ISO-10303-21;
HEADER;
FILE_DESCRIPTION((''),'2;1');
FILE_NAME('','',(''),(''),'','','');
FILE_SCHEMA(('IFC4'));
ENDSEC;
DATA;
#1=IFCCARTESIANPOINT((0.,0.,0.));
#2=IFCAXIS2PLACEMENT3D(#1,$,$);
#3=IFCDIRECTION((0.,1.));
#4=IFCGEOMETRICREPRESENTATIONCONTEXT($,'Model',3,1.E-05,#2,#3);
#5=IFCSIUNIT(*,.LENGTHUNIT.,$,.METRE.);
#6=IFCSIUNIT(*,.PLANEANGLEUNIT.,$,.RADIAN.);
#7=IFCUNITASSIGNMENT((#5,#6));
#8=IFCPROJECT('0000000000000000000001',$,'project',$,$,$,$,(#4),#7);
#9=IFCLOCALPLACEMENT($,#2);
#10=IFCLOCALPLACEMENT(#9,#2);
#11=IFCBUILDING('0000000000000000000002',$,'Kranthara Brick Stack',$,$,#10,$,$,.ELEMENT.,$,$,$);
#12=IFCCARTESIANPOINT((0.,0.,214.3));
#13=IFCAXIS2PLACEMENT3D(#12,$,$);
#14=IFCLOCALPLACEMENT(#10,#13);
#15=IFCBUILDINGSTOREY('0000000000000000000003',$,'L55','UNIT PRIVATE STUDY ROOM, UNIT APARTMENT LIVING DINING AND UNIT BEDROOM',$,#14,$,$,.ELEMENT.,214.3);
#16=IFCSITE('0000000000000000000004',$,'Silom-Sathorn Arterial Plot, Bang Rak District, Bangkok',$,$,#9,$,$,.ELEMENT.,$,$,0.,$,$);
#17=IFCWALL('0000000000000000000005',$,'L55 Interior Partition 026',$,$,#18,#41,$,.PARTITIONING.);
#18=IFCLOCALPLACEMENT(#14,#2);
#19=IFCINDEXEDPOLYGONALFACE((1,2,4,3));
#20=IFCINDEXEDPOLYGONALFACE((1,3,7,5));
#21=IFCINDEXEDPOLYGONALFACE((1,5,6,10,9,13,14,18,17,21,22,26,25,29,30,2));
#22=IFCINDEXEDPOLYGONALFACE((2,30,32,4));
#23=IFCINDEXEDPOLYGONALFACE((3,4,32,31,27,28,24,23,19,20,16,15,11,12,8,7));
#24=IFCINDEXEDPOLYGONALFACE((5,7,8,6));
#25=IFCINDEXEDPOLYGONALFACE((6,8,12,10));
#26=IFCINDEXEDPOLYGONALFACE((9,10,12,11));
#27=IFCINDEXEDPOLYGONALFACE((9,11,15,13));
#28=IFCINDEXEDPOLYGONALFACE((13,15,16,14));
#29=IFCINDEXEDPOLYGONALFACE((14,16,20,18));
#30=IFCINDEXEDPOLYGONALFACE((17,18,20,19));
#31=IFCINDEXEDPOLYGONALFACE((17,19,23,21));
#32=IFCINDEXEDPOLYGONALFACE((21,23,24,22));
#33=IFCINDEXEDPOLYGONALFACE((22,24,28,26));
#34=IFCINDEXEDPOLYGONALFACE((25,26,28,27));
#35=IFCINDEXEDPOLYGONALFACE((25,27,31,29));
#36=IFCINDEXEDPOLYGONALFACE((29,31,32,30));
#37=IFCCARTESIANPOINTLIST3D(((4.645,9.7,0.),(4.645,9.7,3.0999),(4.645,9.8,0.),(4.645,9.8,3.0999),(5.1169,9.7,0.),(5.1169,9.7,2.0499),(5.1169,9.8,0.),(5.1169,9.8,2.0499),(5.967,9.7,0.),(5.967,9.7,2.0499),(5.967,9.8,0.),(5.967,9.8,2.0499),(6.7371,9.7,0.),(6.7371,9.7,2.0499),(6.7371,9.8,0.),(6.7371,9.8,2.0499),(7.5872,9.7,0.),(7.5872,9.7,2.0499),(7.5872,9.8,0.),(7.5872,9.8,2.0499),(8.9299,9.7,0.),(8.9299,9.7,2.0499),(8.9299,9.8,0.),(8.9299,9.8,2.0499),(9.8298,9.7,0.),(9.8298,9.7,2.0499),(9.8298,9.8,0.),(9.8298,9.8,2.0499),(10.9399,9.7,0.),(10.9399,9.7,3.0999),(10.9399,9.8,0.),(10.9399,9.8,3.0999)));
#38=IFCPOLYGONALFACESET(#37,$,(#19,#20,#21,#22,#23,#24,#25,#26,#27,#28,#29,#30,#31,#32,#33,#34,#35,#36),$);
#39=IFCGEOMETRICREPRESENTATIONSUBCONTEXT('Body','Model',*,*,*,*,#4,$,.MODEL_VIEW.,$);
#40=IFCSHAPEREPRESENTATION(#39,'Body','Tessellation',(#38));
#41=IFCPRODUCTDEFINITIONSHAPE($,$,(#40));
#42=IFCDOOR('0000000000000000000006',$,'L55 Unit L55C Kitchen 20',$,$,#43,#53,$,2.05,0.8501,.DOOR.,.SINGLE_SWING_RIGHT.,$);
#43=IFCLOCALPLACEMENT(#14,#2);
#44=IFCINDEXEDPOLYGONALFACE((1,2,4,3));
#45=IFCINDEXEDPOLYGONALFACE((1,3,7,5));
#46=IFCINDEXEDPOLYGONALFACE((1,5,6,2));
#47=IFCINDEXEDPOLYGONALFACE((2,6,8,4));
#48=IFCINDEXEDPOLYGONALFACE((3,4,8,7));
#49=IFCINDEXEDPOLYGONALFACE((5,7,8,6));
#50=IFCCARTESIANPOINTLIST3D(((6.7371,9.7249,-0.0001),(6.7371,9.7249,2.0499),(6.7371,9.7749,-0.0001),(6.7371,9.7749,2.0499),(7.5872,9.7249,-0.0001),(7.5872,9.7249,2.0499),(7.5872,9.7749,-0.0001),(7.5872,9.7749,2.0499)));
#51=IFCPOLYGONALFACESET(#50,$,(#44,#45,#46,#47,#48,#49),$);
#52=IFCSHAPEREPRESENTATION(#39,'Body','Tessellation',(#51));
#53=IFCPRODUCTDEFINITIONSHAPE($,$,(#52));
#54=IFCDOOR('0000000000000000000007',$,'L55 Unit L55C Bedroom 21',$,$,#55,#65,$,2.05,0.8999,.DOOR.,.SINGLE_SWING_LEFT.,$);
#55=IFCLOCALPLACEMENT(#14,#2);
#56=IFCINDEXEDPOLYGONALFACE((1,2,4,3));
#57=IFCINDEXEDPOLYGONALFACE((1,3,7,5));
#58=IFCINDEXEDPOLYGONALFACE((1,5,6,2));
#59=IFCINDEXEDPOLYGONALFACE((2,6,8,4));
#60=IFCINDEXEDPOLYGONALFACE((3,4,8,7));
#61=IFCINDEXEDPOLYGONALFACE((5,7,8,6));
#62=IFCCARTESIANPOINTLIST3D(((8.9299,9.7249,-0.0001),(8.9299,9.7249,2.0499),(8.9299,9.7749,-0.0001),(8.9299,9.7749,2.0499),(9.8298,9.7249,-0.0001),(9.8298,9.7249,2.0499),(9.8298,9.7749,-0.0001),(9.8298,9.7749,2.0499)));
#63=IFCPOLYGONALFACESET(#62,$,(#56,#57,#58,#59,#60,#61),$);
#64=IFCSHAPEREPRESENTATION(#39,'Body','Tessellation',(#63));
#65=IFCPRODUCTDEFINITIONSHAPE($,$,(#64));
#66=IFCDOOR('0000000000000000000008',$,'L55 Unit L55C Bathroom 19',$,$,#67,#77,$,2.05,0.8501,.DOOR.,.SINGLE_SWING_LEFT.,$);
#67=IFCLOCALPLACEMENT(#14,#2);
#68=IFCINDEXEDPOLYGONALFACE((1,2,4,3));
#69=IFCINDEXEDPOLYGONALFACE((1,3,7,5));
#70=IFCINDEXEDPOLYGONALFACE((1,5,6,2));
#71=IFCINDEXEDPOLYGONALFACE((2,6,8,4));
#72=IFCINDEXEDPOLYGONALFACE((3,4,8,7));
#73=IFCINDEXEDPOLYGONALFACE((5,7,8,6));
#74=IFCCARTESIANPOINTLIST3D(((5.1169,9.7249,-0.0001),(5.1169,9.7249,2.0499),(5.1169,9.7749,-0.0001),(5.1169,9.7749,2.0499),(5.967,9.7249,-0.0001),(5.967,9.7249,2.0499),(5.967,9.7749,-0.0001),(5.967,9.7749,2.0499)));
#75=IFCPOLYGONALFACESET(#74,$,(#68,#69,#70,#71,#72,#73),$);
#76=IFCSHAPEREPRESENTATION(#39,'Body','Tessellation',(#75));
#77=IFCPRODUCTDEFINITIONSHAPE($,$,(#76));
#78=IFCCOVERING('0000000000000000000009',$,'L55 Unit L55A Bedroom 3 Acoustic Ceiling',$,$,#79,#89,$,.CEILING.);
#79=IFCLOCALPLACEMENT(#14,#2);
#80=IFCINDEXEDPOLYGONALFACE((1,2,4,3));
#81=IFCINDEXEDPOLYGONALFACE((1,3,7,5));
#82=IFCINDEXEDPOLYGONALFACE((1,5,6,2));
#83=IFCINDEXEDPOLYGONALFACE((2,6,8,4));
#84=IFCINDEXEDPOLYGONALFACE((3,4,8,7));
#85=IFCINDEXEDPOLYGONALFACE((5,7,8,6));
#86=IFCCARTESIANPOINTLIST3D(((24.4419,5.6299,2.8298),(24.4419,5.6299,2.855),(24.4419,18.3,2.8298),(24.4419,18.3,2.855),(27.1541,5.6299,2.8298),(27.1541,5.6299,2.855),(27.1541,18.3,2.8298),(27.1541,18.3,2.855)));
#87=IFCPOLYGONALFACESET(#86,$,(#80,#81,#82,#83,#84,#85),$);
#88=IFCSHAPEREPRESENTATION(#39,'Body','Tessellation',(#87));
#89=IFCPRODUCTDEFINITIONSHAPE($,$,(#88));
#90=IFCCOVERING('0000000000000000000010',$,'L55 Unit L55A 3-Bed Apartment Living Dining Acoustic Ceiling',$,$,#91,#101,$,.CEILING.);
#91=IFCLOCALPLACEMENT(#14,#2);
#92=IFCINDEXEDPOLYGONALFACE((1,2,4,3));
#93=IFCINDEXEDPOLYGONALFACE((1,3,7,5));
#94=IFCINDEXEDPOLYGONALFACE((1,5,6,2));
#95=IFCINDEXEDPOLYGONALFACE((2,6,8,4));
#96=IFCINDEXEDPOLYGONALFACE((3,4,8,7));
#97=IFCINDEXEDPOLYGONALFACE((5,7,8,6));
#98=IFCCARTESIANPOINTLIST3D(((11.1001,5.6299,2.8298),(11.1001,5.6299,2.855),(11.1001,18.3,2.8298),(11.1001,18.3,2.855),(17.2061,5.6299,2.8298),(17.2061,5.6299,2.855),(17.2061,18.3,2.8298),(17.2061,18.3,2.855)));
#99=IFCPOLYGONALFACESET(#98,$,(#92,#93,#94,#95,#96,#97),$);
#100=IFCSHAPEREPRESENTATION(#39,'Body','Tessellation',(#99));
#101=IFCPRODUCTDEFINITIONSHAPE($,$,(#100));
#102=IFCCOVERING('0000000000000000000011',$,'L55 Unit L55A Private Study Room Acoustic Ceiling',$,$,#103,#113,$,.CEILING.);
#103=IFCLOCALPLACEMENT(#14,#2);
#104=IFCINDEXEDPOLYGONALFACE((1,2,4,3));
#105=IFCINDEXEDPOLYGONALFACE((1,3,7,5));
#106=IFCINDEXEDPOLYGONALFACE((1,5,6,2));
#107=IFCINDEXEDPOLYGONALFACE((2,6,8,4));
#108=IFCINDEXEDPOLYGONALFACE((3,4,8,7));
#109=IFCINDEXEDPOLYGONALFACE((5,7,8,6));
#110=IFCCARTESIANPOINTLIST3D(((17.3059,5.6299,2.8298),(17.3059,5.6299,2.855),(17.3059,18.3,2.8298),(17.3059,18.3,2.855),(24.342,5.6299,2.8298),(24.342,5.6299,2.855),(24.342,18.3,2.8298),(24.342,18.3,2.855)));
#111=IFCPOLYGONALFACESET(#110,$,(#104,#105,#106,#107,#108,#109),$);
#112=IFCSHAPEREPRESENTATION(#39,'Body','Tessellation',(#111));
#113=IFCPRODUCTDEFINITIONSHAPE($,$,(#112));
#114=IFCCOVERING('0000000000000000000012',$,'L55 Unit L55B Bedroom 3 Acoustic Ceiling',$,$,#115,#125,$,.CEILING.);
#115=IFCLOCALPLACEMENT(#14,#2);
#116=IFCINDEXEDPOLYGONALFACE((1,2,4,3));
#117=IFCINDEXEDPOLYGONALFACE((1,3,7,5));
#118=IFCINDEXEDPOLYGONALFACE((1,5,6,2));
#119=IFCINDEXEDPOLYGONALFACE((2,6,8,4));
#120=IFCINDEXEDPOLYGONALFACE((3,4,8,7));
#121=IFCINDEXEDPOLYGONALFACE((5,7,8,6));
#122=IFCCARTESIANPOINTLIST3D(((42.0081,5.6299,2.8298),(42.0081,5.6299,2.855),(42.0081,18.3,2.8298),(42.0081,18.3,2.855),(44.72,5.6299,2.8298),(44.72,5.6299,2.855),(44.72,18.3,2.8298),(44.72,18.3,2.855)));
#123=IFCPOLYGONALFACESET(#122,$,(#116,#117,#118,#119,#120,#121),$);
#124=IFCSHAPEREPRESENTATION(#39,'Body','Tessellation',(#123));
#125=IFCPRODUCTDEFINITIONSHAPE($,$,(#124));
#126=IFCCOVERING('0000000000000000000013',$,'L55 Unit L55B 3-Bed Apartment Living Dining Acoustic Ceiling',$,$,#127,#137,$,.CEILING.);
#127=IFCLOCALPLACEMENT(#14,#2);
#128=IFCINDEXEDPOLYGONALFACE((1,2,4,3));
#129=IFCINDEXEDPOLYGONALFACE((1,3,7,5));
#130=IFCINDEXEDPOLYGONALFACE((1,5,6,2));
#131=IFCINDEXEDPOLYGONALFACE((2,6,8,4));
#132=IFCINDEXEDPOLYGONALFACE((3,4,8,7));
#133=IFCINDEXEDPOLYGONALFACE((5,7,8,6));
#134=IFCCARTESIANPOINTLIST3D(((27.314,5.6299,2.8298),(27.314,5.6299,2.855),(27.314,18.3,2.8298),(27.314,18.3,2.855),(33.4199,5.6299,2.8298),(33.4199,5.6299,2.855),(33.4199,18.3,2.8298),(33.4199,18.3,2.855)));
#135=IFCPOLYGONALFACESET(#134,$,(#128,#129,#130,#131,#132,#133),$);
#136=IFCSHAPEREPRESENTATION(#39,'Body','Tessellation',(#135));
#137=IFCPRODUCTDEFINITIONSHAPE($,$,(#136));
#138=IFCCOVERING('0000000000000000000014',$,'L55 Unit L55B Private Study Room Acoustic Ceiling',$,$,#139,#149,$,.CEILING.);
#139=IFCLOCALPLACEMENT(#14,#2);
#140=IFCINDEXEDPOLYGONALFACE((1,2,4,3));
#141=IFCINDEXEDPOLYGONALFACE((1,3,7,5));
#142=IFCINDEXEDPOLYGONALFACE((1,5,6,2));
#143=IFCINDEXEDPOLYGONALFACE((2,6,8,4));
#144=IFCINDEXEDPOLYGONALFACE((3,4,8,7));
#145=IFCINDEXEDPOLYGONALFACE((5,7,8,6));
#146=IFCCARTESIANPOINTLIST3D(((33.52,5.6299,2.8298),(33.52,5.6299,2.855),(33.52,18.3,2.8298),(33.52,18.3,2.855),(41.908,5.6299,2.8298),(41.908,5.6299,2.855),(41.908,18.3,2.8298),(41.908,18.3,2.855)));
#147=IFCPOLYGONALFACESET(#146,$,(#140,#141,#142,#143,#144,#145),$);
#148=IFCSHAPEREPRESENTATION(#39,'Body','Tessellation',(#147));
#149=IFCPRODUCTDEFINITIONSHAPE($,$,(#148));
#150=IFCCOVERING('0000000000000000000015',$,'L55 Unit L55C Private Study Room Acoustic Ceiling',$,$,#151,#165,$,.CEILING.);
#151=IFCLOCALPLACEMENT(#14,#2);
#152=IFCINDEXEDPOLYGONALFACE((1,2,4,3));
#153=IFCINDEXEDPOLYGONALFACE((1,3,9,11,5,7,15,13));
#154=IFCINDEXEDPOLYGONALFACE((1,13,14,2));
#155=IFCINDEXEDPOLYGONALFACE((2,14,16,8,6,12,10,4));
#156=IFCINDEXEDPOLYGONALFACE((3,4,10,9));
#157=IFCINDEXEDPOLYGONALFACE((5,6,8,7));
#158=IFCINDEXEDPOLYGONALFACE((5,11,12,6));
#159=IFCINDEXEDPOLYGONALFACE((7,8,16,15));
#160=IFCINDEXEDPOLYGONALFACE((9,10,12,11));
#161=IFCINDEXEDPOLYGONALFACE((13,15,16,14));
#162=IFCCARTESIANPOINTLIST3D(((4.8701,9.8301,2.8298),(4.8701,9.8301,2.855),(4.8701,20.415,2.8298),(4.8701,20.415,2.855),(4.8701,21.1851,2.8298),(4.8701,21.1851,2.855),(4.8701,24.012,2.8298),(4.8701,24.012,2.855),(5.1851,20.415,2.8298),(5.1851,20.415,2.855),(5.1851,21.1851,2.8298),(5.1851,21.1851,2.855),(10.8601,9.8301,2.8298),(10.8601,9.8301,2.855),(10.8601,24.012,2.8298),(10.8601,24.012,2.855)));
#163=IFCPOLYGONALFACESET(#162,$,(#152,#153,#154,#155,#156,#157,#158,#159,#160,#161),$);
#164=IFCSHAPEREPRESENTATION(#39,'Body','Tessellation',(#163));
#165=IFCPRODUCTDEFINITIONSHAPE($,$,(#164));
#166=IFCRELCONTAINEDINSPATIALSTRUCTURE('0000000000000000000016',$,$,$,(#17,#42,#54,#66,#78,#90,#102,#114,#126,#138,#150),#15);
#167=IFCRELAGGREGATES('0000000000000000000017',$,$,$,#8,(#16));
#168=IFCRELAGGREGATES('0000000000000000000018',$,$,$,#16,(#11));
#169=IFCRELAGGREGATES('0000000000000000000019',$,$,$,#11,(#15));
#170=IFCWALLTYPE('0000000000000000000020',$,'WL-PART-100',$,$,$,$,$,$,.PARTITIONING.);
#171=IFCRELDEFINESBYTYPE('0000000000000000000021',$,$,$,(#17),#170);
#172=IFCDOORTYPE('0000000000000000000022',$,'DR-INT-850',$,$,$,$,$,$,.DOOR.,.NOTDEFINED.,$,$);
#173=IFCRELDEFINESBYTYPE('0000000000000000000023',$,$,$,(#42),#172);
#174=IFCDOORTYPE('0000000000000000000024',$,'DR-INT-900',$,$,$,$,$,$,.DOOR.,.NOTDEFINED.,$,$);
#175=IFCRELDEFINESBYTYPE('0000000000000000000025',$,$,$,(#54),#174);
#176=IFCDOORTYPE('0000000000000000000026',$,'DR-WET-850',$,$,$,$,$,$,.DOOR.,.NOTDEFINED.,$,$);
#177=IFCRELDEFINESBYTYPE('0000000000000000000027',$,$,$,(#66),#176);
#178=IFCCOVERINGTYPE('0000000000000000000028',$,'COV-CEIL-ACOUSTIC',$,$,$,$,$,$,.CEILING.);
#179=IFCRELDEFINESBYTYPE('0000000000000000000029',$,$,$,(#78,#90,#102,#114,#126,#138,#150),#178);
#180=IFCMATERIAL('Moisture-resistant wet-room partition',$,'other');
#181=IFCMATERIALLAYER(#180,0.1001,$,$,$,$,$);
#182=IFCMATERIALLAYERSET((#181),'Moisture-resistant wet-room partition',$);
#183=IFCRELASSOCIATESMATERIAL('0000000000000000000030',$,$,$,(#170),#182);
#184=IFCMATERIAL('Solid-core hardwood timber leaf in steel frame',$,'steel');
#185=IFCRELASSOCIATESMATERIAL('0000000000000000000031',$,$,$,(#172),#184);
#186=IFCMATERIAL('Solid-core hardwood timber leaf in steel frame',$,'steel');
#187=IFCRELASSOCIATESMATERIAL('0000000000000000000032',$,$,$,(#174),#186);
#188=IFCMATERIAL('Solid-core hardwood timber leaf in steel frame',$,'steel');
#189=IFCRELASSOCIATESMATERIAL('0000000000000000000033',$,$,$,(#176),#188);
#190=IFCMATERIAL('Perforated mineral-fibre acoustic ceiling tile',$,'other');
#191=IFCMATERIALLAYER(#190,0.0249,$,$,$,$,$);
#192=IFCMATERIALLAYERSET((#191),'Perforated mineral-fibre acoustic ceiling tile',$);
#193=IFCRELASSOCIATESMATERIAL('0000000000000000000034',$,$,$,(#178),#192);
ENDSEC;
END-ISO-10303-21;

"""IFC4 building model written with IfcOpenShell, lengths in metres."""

from ifc_helpers import new_model, si_unit, direction, frame, frame_2d, origin, place, context, subcontext, project, spatial, polyline, rectangle, outline, extrude, material, layer, layer_set, type_object, element, fill, save


model = new_model("IFC4")

# Units and contexts
model_context = context("Model", 3, precision=1e-05, world=origin(), true_north=direction((0.0, 1.0)))
body_context = subcontext(model_context, "Body", "Model", "MODEL_VIEW")
ifc_project = project(units=[si_unit("LENGTHUNIT", "METRE"), si_unit("PLANEANGLEUNIT", "RADIAN")], contexts=[model_context])

# Site, building, storey
site_placement = place(None, origin())
site = spatial("IfcSite", under=ifc_project, at=site_placement, Name="Silom-Sathorn Arterial Plot, Bang Rak District, Bangkok", CompositionType="ELEMENT", RefElevation=0.0)
building_placement = place(site_placement, origin())
building = spatial("IfcBuilding", under=site, at=building_placement, Name="Kranthara Brick Stack", CompositionType="ELEMENT")
storey_placement = place(building_placement, frame((0.0, 0.0, 214.3)))
storey = spatial("IfcBuildingStorey", under=building, at=storey_placement, Name="L55", Description="UNIT PRIVATE STUDY ROOM, UNIT APARTMENT LIVING DINING AND UNIT BEDROOM", CompositionType="ELEMENT", Elevation=214.3)

# Wall, openings, doors
ifc_material_1 = material(Name="Moisture-resistant wet-room partition", Category="other")
ifc_layer_1 = layer(ifc_material_1, 0.1001)
ifc_layer_set_1 = layer_set([ifc_layer_1], Name="Moisture-resistant wet-room partition")
wall_type_1 = type_object("IfcWallType", Name="WL-PART-100", PredefinedType="PARTITIONING", material=ifc_layer_set_1)
wall_1_placement = place(storey_placement, frame((4.645, 9.75, 0.0), z_axis=(0.0, 0.0, 1.0), x_axis=(1.0, 0.0, 0.0)))
wall_1 = element("IfcWall", 1, at=wall_1_placement, inside=storey, type_object=wall_type_1, Name="L55 Interior Partition 026", PredefinedType="PARTITIONING", context=body_context, shape_type="SweptSolid", body=[
    extrude(rectangle(XDim=6.2949, YDim=0.1001, at=frame_2d((3.1475, 0.0))), origin(), (0.0, 0.0, 1.0), 3.0999),
])
opening_1_placement = place(wall_1_placement, frame((0.4719, 0.0, 0.0)))
opening_1 = element("IfcOpeningElement", 2, at=opening_1_placement, cuts=wall_1, PredefinedType="OPENING", context=body_context, shape_type="SweptSolid", body=[
    extrude(rectangle(XDim=0.8501, YDim=2.05, at=frame_2d((0.425, 1.0249))), frame((0.0, 0.0601, 0.0), z_axis=(0.0, -1.0, 0.0), x_axis=(1.0, 0.0, 0.0)), (0.0, 0.0, 1.0), 0.1201),
])
opening_2_placement = place(wall_1_placement, frame((2.092, 0.0, 0.0)))
opening_2 = element("IfcOpeningElement", 3, at=opening_2_placement, cuts=wall_1, PredefinedType="OPENING", context=body_context, shape_type="SweptSolid", body=[
    extrude(rectangle(XDim=0.8501, YDim=2.05, at=frame_2d((0.425, 1.0249))), frame((0.0, 0.0601, 0.0), z_axis=(0.0, -1.0, 0.0), x_axis=(1.0, 0.0, 0.0)), (0.0, 0.0, 1.0), 0.1201),
])
opening_3_placement = place(wall_1_placement, frame((4.2849, 0.0, 0.0)))
opening_3 = element("IfcOpeningElement", 4, at=opening_3_placement, cuts=wall_1, PredefinedType="OPENING", context=body_context, shape_type="SweptSolid", body=[
    extrude(rectangle(XDim=0.8999, YDim=2.05, at=frame_2d((0.45, 1.0249))), frame((0.0, 0.0601, 0.0), z_axis=(0.0, -1.0, 0.0), x_axis=(1.0, 0.0, 0.0)), (0.0, 0.0, 1.0), 0.1201),
])
ifc_material_2 = material(Name="Solid-core hardwood timber leaf in steel frame", Category="steel")
door_type_1 = type_object("IfcDoorType", Name="DR-INT-850", OperationType="NOTDEFINED", PredefinedType="DOOR", material=ifc_material_2)
door_1_placement = place(opening_2_placement, origin())
door_1 = element("IfcDoor", 5, at=door_1_placement, inside=storey, type_object=door_type_1, Name="L55 Unit L55C Kitchen 20", OperationType="SINGLE_SWING_RIGHT", OverallHeight=2.05, OverallWidth=0.8501, PredefinedType="DOOR", context=body_context, shape_type="SweptSolid", body=[
    extrude(rectangle(XDim=0.8501, YDim=2.05, at=frame_2d((0.425, 1.0249))), frame((0.0, 0.0249, 0.0), z_axis=(0.0, -1.0, 0.0), x_axis=(1.0, 0.0, 0.0)), (0.0, 0.0, 1.0), 0.05),
])
fill(opening_2, door_1)
ifc_material_3 = material(Name="Solid-core hardwood timber leaf in steel frame", Category="steel")
door_type_2 = type_object("IfcDoorType", Name="DR-INT-900", OperationType="NOTDEFINED", PredefinedType="DOOR", material=ifc_material_3)
door_2_placement = place(opening_3_placement, origin())
door_2 = element("IfcDoor", 6, at=door_2_placement, inside=storey, type_object=door_type_2, Name="L55 Unit L55C Bedroom 21", OperationType="SINGLE_SWING_LEFT", OverallHeight=2.05, OverallWidth=0.8999, PredefinedType="DOOR", context=body_context, shape_type="SweptSolid", body=[
    extrude(rectangle(XDim=0.8999, YDim=2.05, at=frame_2d((0.45, 1.0249))), frame((0.0, 0.0249, 0.0), z_axis=(0.0, -1.0, 0.0), x_axis=(1.0, 0.0, 0.0)), (0.0, 0.0, 1.0), 0.05),
])
fill(opening_3, door_2)
ifc_material_4 = material(Name="Solid-core hardwood timber leaf in steel frame", Category="steel")
door_type_3 = type_object("IfcDoorType", Name="DR-WET-850", OperationType="NOTDEFINED", PredefinedType="DOOR", material=ifc_material_4)
door_3_placement = place(opening_1_placement, origin())
door_3 = element("IfcDoor", 7, at=door_3_placement, inside=storey, type_object=door_type_3, Name="L55 Unit L55C Bathroom 19", OperationType="SINGLE_SWING_LEFT", OverallHeight=2.05, OverallWidth=0.8501, PredefinedType="DOOR", context=body_context, shape_type="SweptSolid", body=[
    extrude(rectangle(XDim=0.8501, YDim=2.05, at=frame_2d((0.425, 1.0249))), frame((0.0, 0.0249, 0.0), z_axis=(0.0, -1.0, 0.0), x_axis=(1.0, 0.0, 0.0)), (0.0, 0.0, 1.0), 0.05),
])
fill(opening_1, door_3)

# Coverings
ifc_material_5 = material(Name="Perforated mineral-fibre acoustic ceiling tile", Category="other")
ifc_layer_2 = layer(ifc_material_5, 0.0249)
ifc_layer_set_2 = layer_set([ifc_layer_2], Name="Perforated mineral-fibre acoustic ceiling tile")
covering_type_1 = type_object("IfcCoveringType", Name="COV-CEIL-ACOUSTIC", PredefinedType="CEILING", material=ifc_layer_set_2)
covering_1_placement = place(storey_placement, frame((0.0, 0.0, 2.8298)))
element("IfcCovering", 8, at=covering_1_placement, inside=storey, type_object=covering_type_1, Name="L55 Unit L55A Bedroom 3 Acoustic Ceiling", PredefinedType="CEILING", context=body_context, shape_type="SweptSolid", body=[
    extrude(outline(polyline([(27.1541, 5.6299), (27.1541, 18.3), (24.4419, 18.3), (24.4419, 5.6299), (27.1541, 5.6299)])), origin(), (0.0, 0.0, 1.0), 0.0251),
])
covering_2_placement = place(storey_placement, frame((0.0, 0.0, 2.8298)))
element("IfcCovering", 9, at=covering_2_placement, inside=storey, type_object=covering_type_1, Name="L55 Unit L55A 3-Bed Apartment Living Dining Acoustic Ceiling", PredefinedType="CEILING", context=body_context, shape_type="SweptSolid", body=[
    extrude(outline(polyline([(17.2061, 5.6299), (17.2061, 18.3), (11.1001, 18.3), (11.1001, 5.6299), (17.2061, 5.6299)])), origin(), (0.0, 0.0, 1.0), 0.0251),
])
covering_3_placement = place(storey_placement, frame((0.0, 0.0, 2.8298)))
element("IfcCovering", 10, at=covering_3_placement, inside=storey, type_object=covering_type_1, Name="L55 Unit L55A Private Study Room Acoustic Ceiling", PredefinedType="CEILING", context=body_context, shape_type="SweptSolid", body=[
    extrude(outline(polyline([(24.342, 5.6299), (24.342, 18.3), (17.3059, 18.3), (17.3059, 5.6299), (24.342, 5.6299)])), origin(), (0.0, 0.0, 1.0), 0.0251),
])
covering_4_placement = place(storey_placement, frame((0.0, 0.0, 2.8298)))
element("IfcCovering", 11, at=covering_4_placement, inside=storey, type_object=covering_type_1, Name="L55 Unit L55B Bedroom 3 Acoustic Ceiling", PredefinedType="CEILING", context=body_context, shape_type="SweptSolid", body=[
    extrude(outline(polyline([(44.72, 5.6299), (44.72, 18.3), (42.0081, 18.3), (42.0081, 5.6299), (44.72, 5.6299)])), origin(), (0.0, 0.0, 1.0), 0.0251),
])
covering_5_placement = place(storey_placement, frame((0.0, 0.0, 2.8298)))
element("IfcCovering", 12, at=covering_5_placement, inside=storey, type_object=covering_type_1, Name="L55 Unit L55B 3-Bed Apartment Living Dining Acoustic Ceiling", PredefinedType="CEILING", context=body_context, shape_type="SweptSolid", body=[
    extrude(outline(polyline([(33.4199, 5.6299), (33.4199, 18.3), (27.314, 18.3), (27.314, 5.6299), (33.4199, 5.6299)])), origin(), (0.0, 0.0, 1.0), 0.0251),
])
covering_6_placement = place(storey_placement, frame((0.0, 0.0, 2.8298)))
element("IfcCovering", 13, at=covering_6_placement, inside=storey, type_object=covering_type_1, Name="L55 Unit L55B Private Study Room Acoustic Ceiling", PredefinedType="CEILING", context=body_context, shape_type="SweptSolid", body=[
    extrude(outline(polyline([(41.908, 5.6299), (41.908, 18.3), (33.52, 18.3), (33.52, 5.6299), (41.908, 5.6299)])), origin(), (0.0, 0.0, 1.0), 0.0251),
])
covering_7_placement = place(storey_placement, frame((0.0, 0.0, 2.8298)))
element("IfcCovering", 14, at=covering_7_placement, inside=storey, type_object=covering_type_1, Name="L55 Unit L55C Private Study Room Acoustic Ceiling", PredefinedType="CEILING", context=body_context, shape_type="SweptSolid", body=[
    extrude(outline(polyline([(4.8701, 24.012), (10.8601, 24.012), (10.8601, 9.8301), (4.8701, 9.8301), (4.8701, 20.415), (5.1851, 20.415), (5.1851, 21.1851), (4.8701, 21.1851), (4.8701, 24.012)])), origin(), (0.0, 0.0, 1.0), 0.0251),
])

save(model, "model.ifc")
